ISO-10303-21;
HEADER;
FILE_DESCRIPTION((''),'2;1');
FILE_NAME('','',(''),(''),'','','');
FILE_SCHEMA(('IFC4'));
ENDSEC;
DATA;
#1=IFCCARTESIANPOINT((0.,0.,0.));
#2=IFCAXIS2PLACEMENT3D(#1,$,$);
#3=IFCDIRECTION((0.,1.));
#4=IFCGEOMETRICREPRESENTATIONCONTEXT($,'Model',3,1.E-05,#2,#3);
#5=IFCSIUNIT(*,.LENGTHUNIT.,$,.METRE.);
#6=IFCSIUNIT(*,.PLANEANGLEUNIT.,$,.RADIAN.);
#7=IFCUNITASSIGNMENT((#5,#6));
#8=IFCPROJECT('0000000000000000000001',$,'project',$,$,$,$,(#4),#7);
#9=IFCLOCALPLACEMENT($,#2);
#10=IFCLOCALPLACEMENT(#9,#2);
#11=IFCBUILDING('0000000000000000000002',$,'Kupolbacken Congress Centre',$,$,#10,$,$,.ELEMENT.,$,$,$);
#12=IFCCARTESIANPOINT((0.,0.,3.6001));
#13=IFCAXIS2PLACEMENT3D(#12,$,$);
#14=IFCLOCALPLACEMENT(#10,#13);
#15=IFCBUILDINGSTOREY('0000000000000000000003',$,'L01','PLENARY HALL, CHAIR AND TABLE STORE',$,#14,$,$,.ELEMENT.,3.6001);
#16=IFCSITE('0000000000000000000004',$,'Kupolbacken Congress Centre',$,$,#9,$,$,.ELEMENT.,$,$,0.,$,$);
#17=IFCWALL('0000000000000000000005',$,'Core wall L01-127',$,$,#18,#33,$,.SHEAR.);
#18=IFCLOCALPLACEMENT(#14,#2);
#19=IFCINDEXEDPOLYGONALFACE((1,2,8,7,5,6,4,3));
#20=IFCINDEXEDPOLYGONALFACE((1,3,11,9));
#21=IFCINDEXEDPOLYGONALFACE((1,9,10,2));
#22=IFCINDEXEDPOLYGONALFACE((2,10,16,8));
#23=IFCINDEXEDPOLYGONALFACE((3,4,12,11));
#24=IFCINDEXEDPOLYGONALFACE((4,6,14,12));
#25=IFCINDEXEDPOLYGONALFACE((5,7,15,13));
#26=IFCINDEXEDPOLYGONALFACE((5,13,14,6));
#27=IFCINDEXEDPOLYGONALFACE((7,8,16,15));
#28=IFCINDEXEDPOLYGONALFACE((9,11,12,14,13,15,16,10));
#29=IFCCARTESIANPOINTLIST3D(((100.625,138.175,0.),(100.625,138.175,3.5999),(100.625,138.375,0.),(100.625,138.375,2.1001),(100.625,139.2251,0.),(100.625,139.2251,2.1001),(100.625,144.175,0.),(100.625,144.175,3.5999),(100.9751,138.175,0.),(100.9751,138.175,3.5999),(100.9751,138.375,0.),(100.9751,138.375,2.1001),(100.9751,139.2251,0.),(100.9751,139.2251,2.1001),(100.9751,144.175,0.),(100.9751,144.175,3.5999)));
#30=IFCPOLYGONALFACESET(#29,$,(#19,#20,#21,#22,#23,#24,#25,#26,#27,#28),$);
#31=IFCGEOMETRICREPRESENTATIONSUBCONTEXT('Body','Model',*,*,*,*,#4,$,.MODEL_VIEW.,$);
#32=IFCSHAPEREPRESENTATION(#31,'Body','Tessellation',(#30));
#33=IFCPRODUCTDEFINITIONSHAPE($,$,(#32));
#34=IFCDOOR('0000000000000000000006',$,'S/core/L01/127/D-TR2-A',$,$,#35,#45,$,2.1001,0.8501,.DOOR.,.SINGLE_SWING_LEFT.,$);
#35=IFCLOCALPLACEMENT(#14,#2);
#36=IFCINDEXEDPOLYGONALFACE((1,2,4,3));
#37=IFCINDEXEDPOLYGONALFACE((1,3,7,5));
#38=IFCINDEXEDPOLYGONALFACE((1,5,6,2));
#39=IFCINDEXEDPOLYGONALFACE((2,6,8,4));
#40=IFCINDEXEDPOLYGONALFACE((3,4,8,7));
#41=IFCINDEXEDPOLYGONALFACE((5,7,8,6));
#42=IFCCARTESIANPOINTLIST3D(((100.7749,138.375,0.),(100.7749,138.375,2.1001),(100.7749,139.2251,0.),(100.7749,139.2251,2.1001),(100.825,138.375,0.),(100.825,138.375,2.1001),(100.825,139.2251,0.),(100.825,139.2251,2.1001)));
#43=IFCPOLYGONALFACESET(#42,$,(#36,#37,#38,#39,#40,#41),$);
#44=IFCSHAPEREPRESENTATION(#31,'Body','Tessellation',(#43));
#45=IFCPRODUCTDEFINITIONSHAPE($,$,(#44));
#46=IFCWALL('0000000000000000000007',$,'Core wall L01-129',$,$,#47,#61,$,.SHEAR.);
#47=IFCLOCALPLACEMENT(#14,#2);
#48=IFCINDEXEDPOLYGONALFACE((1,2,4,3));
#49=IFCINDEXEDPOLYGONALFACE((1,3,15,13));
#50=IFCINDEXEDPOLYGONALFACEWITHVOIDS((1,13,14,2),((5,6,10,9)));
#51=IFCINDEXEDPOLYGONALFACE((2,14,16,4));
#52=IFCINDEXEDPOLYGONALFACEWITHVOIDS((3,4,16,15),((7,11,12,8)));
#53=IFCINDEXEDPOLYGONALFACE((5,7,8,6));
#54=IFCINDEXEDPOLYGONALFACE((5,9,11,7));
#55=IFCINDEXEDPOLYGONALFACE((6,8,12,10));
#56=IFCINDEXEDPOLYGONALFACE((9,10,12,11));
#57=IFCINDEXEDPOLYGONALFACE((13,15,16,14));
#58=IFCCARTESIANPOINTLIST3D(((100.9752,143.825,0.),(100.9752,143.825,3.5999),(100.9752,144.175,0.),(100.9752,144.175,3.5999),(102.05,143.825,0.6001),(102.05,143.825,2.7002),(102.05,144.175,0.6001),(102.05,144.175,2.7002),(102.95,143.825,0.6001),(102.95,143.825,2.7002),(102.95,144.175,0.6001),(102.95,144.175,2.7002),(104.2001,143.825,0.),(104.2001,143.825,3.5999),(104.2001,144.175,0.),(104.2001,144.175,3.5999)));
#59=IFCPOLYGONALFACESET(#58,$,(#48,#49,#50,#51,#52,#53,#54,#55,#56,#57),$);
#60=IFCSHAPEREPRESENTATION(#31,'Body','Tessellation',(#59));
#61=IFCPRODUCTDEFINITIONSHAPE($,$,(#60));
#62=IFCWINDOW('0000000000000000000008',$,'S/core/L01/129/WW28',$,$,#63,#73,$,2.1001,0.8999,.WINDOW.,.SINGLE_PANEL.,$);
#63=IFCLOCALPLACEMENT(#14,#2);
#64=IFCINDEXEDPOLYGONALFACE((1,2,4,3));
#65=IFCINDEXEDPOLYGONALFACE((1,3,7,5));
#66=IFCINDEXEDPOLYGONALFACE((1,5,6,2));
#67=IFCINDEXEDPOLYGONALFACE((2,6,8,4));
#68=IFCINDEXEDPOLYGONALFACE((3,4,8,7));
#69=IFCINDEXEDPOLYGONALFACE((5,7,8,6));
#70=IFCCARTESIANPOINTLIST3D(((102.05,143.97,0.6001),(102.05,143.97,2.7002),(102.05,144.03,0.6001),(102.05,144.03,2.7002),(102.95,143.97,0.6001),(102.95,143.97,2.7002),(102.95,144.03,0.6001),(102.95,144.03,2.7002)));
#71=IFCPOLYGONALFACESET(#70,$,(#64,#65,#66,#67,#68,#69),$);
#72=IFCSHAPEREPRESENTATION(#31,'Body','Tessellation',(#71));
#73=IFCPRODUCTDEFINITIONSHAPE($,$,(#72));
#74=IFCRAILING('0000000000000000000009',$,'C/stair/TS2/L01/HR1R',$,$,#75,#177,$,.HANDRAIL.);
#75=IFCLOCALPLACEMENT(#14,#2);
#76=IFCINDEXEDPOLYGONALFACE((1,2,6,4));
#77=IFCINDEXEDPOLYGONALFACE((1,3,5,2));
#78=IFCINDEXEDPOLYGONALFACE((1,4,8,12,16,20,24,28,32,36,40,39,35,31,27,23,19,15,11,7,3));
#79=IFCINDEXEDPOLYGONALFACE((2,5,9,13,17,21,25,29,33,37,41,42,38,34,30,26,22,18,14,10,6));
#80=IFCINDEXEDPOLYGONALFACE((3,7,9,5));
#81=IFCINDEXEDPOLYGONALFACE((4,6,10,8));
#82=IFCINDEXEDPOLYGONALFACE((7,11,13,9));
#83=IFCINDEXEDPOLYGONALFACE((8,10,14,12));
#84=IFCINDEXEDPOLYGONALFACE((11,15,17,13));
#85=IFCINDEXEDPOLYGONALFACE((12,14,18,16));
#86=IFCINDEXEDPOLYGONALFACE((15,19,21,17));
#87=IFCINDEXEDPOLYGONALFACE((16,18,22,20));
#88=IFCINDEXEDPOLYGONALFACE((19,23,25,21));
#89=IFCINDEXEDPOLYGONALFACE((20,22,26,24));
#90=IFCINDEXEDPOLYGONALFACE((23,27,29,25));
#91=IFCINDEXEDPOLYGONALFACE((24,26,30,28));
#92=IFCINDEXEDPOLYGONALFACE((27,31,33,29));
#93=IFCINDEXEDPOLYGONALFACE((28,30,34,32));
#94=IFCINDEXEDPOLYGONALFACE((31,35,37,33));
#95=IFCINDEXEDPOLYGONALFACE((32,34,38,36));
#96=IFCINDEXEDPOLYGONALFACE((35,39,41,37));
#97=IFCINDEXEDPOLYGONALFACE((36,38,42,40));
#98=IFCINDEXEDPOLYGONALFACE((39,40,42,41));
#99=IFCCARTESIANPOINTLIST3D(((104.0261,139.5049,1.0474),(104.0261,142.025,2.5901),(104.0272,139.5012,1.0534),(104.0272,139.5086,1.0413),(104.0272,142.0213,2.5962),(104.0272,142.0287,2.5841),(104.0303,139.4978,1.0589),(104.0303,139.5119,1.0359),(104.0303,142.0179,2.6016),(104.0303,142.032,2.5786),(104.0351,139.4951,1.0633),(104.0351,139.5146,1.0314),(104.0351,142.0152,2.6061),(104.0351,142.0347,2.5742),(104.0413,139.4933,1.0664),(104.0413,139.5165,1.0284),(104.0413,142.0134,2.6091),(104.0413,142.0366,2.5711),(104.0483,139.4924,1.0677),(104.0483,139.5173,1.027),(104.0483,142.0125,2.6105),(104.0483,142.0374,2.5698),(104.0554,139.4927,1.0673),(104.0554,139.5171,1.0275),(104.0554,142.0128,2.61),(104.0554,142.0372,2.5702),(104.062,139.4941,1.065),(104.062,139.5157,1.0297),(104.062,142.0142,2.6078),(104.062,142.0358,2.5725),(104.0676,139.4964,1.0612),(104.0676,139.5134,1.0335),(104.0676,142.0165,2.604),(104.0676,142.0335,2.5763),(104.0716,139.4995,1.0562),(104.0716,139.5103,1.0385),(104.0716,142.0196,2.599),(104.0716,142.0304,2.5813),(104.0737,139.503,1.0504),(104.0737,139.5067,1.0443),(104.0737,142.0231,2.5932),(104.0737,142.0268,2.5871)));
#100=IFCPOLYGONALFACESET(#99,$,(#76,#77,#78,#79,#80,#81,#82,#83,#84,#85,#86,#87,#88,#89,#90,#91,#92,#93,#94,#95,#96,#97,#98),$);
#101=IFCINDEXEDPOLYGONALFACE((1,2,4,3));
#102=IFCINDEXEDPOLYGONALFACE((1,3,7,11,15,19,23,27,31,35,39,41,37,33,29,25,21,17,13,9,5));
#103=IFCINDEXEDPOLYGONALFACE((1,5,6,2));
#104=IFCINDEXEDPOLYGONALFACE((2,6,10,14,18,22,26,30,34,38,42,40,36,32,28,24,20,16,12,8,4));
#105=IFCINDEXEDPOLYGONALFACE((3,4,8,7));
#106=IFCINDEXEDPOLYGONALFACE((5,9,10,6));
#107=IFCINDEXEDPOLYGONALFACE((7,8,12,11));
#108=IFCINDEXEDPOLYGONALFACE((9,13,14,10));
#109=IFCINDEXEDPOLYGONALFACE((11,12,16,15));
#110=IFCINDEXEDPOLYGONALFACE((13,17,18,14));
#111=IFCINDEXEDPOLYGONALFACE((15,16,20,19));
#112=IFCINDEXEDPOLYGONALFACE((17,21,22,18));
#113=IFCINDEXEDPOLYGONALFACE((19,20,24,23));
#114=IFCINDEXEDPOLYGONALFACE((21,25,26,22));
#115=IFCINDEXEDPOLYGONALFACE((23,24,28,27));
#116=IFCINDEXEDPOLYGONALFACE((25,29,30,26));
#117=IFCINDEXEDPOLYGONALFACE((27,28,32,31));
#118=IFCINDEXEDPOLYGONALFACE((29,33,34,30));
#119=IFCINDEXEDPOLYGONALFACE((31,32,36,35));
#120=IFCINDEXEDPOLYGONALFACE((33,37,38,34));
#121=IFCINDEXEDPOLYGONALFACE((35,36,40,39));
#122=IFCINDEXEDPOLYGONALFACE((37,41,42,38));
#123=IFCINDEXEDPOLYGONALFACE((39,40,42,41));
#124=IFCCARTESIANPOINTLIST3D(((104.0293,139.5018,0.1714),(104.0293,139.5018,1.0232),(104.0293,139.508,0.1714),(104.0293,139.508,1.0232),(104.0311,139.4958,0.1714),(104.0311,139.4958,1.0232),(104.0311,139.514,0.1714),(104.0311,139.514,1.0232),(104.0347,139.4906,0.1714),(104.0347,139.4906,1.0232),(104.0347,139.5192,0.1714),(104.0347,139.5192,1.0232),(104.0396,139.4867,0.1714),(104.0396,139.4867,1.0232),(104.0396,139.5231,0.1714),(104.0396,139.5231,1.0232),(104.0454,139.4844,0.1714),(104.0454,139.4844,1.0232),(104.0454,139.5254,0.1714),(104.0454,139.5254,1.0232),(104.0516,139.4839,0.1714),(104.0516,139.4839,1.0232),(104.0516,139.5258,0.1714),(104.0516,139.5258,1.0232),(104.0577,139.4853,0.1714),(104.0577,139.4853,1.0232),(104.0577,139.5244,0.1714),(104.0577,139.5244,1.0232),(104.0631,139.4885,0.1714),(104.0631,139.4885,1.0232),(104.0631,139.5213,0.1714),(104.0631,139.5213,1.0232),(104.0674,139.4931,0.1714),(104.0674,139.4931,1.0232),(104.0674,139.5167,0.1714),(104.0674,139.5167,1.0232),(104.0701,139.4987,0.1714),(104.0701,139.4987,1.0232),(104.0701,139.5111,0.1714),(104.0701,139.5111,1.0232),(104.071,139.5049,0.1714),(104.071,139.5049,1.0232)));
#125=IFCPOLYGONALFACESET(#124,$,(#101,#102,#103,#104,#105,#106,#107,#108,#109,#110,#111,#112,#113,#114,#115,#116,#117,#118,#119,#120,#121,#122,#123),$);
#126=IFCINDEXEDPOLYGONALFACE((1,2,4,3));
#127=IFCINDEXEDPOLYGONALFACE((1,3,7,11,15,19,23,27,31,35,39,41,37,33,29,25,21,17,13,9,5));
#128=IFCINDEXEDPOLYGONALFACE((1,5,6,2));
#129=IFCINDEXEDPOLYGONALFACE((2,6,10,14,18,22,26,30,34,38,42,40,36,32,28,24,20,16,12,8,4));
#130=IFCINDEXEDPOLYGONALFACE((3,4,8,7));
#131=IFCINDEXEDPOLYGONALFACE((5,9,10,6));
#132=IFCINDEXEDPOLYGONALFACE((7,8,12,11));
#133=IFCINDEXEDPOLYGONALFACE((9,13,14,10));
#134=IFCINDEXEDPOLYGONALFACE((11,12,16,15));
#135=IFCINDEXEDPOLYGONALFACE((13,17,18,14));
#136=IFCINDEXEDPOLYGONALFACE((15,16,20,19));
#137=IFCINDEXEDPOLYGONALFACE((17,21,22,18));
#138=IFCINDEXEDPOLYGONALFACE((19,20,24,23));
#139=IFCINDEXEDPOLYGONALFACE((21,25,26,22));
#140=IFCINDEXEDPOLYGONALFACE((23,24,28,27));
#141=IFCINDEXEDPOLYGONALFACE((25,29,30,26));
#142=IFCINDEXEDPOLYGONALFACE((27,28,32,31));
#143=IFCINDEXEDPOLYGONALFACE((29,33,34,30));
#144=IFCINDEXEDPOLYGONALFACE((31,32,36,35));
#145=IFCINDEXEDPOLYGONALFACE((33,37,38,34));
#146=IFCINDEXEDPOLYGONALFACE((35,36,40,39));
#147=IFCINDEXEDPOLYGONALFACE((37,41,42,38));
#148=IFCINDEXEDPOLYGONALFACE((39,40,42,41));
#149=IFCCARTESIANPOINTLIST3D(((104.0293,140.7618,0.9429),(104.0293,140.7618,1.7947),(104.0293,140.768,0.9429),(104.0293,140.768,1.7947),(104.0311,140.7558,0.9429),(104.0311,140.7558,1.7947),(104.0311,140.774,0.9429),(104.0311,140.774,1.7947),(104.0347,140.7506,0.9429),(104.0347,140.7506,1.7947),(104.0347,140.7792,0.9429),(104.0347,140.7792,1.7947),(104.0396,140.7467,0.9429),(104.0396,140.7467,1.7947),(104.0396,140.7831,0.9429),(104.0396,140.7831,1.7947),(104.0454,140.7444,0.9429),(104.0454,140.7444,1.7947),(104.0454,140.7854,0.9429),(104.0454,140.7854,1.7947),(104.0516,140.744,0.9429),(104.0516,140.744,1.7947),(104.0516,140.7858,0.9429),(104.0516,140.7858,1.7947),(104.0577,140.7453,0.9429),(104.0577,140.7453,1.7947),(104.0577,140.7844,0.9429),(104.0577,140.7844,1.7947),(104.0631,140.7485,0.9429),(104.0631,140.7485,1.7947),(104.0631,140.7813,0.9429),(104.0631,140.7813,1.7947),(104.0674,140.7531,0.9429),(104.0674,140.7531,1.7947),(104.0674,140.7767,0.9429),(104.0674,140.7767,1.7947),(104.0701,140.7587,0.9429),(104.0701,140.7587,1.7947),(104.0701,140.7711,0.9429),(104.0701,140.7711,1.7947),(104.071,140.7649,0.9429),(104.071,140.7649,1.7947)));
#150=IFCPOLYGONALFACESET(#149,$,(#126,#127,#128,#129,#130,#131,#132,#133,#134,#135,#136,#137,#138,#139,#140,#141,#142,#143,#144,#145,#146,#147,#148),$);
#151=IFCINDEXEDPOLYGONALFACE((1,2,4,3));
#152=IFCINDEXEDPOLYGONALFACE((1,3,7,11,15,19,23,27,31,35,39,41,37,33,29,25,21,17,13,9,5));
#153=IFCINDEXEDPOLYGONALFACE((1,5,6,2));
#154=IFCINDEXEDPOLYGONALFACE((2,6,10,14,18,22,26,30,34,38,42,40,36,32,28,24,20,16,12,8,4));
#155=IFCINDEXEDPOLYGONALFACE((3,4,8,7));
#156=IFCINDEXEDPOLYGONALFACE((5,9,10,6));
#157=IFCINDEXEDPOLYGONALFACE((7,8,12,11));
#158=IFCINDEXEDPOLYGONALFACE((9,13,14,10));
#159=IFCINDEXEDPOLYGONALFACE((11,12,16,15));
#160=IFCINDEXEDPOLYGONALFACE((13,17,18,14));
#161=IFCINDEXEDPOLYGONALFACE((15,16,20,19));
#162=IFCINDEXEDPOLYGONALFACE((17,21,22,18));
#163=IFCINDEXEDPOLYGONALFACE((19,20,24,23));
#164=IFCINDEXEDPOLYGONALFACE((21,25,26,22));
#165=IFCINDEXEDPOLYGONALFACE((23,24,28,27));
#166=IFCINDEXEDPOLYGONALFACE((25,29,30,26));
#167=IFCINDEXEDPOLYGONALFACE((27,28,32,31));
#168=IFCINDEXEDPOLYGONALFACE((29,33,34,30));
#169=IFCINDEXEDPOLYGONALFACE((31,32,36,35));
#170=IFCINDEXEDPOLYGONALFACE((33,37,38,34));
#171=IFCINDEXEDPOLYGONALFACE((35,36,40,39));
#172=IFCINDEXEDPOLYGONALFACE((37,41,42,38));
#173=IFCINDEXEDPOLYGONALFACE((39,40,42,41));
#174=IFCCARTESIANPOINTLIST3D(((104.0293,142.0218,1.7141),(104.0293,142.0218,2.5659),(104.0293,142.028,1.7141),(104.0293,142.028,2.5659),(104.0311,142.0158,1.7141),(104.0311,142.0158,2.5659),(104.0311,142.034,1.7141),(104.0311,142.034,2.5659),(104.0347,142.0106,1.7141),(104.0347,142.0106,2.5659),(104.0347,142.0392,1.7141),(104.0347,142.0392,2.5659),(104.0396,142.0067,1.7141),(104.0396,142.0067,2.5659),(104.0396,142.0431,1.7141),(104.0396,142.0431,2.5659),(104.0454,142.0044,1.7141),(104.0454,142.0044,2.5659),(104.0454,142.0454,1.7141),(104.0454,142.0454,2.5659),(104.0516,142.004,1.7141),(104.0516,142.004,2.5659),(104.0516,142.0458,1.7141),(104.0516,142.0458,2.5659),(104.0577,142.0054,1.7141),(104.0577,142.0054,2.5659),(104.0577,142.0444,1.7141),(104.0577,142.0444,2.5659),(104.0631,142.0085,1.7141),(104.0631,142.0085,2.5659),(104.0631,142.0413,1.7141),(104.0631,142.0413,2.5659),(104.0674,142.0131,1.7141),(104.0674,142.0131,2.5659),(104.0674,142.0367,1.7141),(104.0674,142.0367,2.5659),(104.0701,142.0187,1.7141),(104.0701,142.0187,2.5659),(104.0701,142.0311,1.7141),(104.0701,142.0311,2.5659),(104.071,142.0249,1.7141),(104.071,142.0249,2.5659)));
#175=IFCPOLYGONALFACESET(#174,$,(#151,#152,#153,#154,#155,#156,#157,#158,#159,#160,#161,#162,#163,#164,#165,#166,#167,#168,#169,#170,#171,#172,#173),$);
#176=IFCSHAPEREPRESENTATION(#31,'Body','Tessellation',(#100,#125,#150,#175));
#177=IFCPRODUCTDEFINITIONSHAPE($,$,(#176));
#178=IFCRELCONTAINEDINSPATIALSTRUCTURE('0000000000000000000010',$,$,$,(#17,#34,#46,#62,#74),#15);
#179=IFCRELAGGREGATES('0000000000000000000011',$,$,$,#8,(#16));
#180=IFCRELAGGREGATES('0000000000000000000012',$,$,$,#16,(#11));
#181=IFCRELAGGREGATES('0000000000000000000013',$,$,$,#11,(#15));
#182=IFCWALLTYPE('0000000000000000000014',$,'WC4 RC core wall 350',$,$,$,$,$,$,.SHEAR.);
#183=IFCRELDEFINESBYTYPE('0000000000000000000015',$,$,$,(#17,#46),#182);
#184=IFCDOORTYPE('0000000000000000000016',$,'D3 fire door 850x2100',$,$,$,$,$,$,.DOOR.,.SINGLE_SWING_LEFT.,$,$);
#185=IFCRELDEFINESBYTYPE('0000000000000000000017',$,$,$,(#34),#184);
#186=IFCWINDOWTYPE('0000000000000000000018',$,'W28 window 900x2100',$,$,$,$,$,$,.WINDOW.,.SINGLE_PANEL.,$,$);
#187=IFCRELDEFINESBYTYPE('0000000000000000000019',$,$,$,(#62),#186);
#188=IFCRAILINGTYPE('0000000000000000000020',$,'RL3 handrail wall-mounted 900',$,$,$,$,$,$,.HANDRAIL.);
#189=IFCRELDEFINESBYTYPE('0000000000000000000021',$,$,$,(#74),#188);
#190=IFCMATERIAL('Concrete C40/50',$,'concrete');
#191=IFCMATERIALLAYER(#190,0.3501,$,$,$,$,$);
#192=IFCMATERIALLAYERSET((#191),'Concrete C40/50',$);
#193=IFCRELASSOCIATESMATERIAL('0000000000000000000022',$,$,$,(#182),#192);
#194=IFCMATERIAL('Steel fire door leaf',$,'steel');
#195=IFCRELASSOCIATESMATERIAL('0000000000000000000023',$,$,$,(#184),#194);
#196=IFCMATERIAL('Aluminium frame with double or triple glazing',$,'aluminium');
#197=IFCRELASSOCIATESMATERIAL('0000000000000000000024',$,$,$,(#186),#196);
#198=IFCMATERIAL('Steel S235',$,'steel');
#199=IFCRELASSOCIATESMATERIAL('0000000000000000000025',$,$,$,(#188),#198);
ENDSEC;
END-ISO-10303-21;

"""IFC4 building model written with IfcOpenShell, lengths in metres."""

from ifc_helpers import new_model, si_unit, direction, frame, frame_2d, origin, origin_2d, place, context, subcontext, project, spatial, rectangle, circle, extrude, material, layer, layer_set, type_object, element, fill, save


model = new_model("IFC4")

# Units and contexts
model_context = context("Model", 3, precision=1e-05, world=origin(), true_north=direction((0.0, 1.0)))
body_context = subcontext(model_context, "Body", "Model", "MODEL_VIEW")
ifc_project = project(units=[si_unit("LENGTHUNIT", "METRE"), si_unit("PLANEANGLEUNIT", "RADIAN")], contexts=[model_context])

# Site, building, storey
site_placement = place(None, origin())
site = spatial("IfcSite", under=ifc_project, at=site_placement, Name="Kupolbacken Congress Centre", CompositionType="ELEMENT", RefElevation=0.0)
building_placement = place(site_placement, origin())
building = spatial("IfcBuilding", under=site, at=building_placement, Name="Kupolbacken Congress Centre", CompositionType="ELEMENT")
storey_placement = place(building_placement, frame((0.0, 0.0, 3.6001)))
storey = spatial("IfcBuildingStorey", under=building, at=storey_placement, Name="L01", Description="PLENARY HALL, CHAIR AND TABLE STORE", CompositionType="ELEMENT", Elevation=3.6001)

# Wall, opening, door
ifc_material_1 = material(Name="Concrete C40/50", Category="concrete")
ifc_layer_1 = layer(ifc_material_1, 0.3501)
ifc_layer_set_1 = layer_set([ifc_layer_1], Name="Concrete C40/50")
wall_type_1 = type_object("IfcWallType", Name="WC4 RC core wall 350", PredefinedType="SHEAR", material=ifc_layer_set_1)
wall_1_placement = place(storey_placement, frame((100.8, 144.175, 0.0), z_axis=(0.0, 0.0, 1.0), x_axis=(0.0, -1.0, 0.0)))
wall_1 = element("IfcWall", 1, at=wall_1_placement, inside=storey, type_object=wall_type_1, Name="Core wall L01-127", PredefinedType="SHEAR", context=body_context, shape_type="SweptSolid", body=[
    extrude(rectangle(XDim=6.0, YDim=0.3501, at=frame_2d((3.0, 0.0))), origin(), (0.0, 0.0, 1.0), 3.5999),
])
opening_1_placement = place(wall_1_placement, frame((4.95, 0.0, 0.0)))
opening_1 = element("IfcOpeningElement", 2, at=opening_1_placement, cuts=wall_1, PredefinedType="OPENING", context=body_context, shape_type="SweptSolid", body=[
    extrude(rectangle(XDim=0.8501, YDim=2.1001, at=frame_2d((0.425, 1.05))), frame((0.0, 0.1851, 0.0), z_axis=(0.0, -1.0, 0.0), x_axis=(1.0, 0.0, 0.0)), (0.0, 0.0, 1.0), 0.3701),
])
ifc_material_2 = material(Name="Steel fire door leaf", Category="steel")
door_type_1 = type_object("IfcDoorType", Name="D3 fire door 850x2100", OperationType="SINGLE_SWING_LEFT", PredefinedType="DOOR", material=ifc_material_2)
door_1_placement = place(opening_1_placement, origin())
door_1 = element("IfcDoor", 3, at=door_1_placement, inside=storey, type_object=door_type_1, Name="S/core/L01/127/D-TR2-A", OperationType="SINGLE_SWING_LEFT", OverallHeight=2.1001, OverallWidth=0.8501, PredefinedType="DOOR", context=body_context, shape_type="SweptSolid", body=[
    extrude(rectangle(XDim=0.8501, YDim=2.1001, at=frame_2d((0.425, 1.05))), frame((0.0, 0.0249, 0.0), z_axis=(0.0, -1.0, 0.0), x_axis=(1.0, 0.0, 0.0)), (0.0, 0.0, 1.0), 0.05),
])
fill(opening_1, door_1)

# Wall, opening, window
wall_2_placement = place(storey_placement, frame((104.2, 144.0, 0.0), z_axis=(0.0, 0.0, 1.0), x_axis=(-1.0, 0.0, 0.0)))
wall_2 = element("IfcWall", 4, at=wall_2_placement, inside=storey, type_object=wall_type_1, Name="Core wall L01-129", PredefinedType="SHEAR", context=body_context, shape_type="SweptSolid", body=[
    extrude(rectangle(XDim=3.2249, YDim=0.3501, at=frame_2d((1.6123, 0.0))), origin(), (0.0, 0.0, 1.0), 3.5999),
])
opening_2_placement = place(wall_2_placement, frame((1.25, 0.0, 0.6001)))
opening_2 = element("IfcOpeningElement", 5, at=opening_2_placement, cuts=wall_2, PredefinedType="OPENING", context=body_context, shape_type="SweptSolid", body=[
    extrude(rectangle(XDim=0.8999, YDim=2.1001, at=frame_2d((0.45, 1.05))), frame((0.0, 0.1851, 0.0), z_axis=(0.0, -1.0, 0.0), x_axis=(1.0, 0.0, 0.0)), (0.0, 0.0, 1.0), 0.3701),
])
ifc_material_3 = material(Name="Aluminium frame with double or triple glazing", Category="aluminium")
window_type = type_object("IfcWindowType", Name="W28 window 900x2100", PartitioningType="SINGLE_PANEL", PredefinedType="WINDOW", material=ifc_material_3)
window_placement = place(opening_2_placement, origin())
window = element("IfcWindow", 6, at=window_placement, inside=storey, type_object=window_type, Name="S/core/L01/129/WW28", OverallHeight=2.1001, OverallWidth=0.8999, PartitioningType="SINGLE_PANEL", PredefinedType="WINDOW", context=body_context, shape_type="SweptSolid", body=[
    extrude(rectangle(XDim=0.8999, YDim=2.1001, at=frame_2d((0.45, 1.05))), frame((0.0, 0.03, 0.0), z_axis=(0.0, -1.0, 0.0), x_axis=(1.0, 0.0, 0.0)), (0.0, 0.0, 1.0), 0.0601),
])
fill(opening_2, window)

# Railing
ifc_material_4 = material(Name="Steel S235", Category="steel")
railing_type = type_object("IfcRailingType", Name="RL3 handrail wall-mounted 900", PredefinedType="HANDRAIL", material=ifc_material_4)
railing_placement = place(storey_placement, frame((104.05, 139.5049, 0.1714)))
element("IfcRailing", 7, at=railing_placement, inside=storey, type_object=railing_type, Name="C/stair/TS2/L01/HR1R", PredefinedType="HANDRAIL", context=body_context, shape_type="SweptSolid", body=[
    extrude(circle(Radius=0.0239, at=origin_2d()), frame((0.0, 0.0, 0.876), z_axis=(0.0, 0.852873, 0.522118), x_axis=(-1.0, 0.0, 0.0)), (0.0, 0.0, 1.0), 2.9548),
    extrude(circle(Radius=0.021, at=origin_2d()), origin(), (0.0, 0.0, 1.0), 0.8518),
    extrude(circle(Radius=0.021, at=origin_2d()), frame((0.0, 1.26, 0.7715)), (0.0, 0.0, 1.0), 0.8518),
    extrude(circle(Radius=0.021, at=origin_2d()), frame((0.0, 2.52, 1.5427)), (0.0, 0.0, 1.0), 0.8518),
])

save(model, "model.ifc")
